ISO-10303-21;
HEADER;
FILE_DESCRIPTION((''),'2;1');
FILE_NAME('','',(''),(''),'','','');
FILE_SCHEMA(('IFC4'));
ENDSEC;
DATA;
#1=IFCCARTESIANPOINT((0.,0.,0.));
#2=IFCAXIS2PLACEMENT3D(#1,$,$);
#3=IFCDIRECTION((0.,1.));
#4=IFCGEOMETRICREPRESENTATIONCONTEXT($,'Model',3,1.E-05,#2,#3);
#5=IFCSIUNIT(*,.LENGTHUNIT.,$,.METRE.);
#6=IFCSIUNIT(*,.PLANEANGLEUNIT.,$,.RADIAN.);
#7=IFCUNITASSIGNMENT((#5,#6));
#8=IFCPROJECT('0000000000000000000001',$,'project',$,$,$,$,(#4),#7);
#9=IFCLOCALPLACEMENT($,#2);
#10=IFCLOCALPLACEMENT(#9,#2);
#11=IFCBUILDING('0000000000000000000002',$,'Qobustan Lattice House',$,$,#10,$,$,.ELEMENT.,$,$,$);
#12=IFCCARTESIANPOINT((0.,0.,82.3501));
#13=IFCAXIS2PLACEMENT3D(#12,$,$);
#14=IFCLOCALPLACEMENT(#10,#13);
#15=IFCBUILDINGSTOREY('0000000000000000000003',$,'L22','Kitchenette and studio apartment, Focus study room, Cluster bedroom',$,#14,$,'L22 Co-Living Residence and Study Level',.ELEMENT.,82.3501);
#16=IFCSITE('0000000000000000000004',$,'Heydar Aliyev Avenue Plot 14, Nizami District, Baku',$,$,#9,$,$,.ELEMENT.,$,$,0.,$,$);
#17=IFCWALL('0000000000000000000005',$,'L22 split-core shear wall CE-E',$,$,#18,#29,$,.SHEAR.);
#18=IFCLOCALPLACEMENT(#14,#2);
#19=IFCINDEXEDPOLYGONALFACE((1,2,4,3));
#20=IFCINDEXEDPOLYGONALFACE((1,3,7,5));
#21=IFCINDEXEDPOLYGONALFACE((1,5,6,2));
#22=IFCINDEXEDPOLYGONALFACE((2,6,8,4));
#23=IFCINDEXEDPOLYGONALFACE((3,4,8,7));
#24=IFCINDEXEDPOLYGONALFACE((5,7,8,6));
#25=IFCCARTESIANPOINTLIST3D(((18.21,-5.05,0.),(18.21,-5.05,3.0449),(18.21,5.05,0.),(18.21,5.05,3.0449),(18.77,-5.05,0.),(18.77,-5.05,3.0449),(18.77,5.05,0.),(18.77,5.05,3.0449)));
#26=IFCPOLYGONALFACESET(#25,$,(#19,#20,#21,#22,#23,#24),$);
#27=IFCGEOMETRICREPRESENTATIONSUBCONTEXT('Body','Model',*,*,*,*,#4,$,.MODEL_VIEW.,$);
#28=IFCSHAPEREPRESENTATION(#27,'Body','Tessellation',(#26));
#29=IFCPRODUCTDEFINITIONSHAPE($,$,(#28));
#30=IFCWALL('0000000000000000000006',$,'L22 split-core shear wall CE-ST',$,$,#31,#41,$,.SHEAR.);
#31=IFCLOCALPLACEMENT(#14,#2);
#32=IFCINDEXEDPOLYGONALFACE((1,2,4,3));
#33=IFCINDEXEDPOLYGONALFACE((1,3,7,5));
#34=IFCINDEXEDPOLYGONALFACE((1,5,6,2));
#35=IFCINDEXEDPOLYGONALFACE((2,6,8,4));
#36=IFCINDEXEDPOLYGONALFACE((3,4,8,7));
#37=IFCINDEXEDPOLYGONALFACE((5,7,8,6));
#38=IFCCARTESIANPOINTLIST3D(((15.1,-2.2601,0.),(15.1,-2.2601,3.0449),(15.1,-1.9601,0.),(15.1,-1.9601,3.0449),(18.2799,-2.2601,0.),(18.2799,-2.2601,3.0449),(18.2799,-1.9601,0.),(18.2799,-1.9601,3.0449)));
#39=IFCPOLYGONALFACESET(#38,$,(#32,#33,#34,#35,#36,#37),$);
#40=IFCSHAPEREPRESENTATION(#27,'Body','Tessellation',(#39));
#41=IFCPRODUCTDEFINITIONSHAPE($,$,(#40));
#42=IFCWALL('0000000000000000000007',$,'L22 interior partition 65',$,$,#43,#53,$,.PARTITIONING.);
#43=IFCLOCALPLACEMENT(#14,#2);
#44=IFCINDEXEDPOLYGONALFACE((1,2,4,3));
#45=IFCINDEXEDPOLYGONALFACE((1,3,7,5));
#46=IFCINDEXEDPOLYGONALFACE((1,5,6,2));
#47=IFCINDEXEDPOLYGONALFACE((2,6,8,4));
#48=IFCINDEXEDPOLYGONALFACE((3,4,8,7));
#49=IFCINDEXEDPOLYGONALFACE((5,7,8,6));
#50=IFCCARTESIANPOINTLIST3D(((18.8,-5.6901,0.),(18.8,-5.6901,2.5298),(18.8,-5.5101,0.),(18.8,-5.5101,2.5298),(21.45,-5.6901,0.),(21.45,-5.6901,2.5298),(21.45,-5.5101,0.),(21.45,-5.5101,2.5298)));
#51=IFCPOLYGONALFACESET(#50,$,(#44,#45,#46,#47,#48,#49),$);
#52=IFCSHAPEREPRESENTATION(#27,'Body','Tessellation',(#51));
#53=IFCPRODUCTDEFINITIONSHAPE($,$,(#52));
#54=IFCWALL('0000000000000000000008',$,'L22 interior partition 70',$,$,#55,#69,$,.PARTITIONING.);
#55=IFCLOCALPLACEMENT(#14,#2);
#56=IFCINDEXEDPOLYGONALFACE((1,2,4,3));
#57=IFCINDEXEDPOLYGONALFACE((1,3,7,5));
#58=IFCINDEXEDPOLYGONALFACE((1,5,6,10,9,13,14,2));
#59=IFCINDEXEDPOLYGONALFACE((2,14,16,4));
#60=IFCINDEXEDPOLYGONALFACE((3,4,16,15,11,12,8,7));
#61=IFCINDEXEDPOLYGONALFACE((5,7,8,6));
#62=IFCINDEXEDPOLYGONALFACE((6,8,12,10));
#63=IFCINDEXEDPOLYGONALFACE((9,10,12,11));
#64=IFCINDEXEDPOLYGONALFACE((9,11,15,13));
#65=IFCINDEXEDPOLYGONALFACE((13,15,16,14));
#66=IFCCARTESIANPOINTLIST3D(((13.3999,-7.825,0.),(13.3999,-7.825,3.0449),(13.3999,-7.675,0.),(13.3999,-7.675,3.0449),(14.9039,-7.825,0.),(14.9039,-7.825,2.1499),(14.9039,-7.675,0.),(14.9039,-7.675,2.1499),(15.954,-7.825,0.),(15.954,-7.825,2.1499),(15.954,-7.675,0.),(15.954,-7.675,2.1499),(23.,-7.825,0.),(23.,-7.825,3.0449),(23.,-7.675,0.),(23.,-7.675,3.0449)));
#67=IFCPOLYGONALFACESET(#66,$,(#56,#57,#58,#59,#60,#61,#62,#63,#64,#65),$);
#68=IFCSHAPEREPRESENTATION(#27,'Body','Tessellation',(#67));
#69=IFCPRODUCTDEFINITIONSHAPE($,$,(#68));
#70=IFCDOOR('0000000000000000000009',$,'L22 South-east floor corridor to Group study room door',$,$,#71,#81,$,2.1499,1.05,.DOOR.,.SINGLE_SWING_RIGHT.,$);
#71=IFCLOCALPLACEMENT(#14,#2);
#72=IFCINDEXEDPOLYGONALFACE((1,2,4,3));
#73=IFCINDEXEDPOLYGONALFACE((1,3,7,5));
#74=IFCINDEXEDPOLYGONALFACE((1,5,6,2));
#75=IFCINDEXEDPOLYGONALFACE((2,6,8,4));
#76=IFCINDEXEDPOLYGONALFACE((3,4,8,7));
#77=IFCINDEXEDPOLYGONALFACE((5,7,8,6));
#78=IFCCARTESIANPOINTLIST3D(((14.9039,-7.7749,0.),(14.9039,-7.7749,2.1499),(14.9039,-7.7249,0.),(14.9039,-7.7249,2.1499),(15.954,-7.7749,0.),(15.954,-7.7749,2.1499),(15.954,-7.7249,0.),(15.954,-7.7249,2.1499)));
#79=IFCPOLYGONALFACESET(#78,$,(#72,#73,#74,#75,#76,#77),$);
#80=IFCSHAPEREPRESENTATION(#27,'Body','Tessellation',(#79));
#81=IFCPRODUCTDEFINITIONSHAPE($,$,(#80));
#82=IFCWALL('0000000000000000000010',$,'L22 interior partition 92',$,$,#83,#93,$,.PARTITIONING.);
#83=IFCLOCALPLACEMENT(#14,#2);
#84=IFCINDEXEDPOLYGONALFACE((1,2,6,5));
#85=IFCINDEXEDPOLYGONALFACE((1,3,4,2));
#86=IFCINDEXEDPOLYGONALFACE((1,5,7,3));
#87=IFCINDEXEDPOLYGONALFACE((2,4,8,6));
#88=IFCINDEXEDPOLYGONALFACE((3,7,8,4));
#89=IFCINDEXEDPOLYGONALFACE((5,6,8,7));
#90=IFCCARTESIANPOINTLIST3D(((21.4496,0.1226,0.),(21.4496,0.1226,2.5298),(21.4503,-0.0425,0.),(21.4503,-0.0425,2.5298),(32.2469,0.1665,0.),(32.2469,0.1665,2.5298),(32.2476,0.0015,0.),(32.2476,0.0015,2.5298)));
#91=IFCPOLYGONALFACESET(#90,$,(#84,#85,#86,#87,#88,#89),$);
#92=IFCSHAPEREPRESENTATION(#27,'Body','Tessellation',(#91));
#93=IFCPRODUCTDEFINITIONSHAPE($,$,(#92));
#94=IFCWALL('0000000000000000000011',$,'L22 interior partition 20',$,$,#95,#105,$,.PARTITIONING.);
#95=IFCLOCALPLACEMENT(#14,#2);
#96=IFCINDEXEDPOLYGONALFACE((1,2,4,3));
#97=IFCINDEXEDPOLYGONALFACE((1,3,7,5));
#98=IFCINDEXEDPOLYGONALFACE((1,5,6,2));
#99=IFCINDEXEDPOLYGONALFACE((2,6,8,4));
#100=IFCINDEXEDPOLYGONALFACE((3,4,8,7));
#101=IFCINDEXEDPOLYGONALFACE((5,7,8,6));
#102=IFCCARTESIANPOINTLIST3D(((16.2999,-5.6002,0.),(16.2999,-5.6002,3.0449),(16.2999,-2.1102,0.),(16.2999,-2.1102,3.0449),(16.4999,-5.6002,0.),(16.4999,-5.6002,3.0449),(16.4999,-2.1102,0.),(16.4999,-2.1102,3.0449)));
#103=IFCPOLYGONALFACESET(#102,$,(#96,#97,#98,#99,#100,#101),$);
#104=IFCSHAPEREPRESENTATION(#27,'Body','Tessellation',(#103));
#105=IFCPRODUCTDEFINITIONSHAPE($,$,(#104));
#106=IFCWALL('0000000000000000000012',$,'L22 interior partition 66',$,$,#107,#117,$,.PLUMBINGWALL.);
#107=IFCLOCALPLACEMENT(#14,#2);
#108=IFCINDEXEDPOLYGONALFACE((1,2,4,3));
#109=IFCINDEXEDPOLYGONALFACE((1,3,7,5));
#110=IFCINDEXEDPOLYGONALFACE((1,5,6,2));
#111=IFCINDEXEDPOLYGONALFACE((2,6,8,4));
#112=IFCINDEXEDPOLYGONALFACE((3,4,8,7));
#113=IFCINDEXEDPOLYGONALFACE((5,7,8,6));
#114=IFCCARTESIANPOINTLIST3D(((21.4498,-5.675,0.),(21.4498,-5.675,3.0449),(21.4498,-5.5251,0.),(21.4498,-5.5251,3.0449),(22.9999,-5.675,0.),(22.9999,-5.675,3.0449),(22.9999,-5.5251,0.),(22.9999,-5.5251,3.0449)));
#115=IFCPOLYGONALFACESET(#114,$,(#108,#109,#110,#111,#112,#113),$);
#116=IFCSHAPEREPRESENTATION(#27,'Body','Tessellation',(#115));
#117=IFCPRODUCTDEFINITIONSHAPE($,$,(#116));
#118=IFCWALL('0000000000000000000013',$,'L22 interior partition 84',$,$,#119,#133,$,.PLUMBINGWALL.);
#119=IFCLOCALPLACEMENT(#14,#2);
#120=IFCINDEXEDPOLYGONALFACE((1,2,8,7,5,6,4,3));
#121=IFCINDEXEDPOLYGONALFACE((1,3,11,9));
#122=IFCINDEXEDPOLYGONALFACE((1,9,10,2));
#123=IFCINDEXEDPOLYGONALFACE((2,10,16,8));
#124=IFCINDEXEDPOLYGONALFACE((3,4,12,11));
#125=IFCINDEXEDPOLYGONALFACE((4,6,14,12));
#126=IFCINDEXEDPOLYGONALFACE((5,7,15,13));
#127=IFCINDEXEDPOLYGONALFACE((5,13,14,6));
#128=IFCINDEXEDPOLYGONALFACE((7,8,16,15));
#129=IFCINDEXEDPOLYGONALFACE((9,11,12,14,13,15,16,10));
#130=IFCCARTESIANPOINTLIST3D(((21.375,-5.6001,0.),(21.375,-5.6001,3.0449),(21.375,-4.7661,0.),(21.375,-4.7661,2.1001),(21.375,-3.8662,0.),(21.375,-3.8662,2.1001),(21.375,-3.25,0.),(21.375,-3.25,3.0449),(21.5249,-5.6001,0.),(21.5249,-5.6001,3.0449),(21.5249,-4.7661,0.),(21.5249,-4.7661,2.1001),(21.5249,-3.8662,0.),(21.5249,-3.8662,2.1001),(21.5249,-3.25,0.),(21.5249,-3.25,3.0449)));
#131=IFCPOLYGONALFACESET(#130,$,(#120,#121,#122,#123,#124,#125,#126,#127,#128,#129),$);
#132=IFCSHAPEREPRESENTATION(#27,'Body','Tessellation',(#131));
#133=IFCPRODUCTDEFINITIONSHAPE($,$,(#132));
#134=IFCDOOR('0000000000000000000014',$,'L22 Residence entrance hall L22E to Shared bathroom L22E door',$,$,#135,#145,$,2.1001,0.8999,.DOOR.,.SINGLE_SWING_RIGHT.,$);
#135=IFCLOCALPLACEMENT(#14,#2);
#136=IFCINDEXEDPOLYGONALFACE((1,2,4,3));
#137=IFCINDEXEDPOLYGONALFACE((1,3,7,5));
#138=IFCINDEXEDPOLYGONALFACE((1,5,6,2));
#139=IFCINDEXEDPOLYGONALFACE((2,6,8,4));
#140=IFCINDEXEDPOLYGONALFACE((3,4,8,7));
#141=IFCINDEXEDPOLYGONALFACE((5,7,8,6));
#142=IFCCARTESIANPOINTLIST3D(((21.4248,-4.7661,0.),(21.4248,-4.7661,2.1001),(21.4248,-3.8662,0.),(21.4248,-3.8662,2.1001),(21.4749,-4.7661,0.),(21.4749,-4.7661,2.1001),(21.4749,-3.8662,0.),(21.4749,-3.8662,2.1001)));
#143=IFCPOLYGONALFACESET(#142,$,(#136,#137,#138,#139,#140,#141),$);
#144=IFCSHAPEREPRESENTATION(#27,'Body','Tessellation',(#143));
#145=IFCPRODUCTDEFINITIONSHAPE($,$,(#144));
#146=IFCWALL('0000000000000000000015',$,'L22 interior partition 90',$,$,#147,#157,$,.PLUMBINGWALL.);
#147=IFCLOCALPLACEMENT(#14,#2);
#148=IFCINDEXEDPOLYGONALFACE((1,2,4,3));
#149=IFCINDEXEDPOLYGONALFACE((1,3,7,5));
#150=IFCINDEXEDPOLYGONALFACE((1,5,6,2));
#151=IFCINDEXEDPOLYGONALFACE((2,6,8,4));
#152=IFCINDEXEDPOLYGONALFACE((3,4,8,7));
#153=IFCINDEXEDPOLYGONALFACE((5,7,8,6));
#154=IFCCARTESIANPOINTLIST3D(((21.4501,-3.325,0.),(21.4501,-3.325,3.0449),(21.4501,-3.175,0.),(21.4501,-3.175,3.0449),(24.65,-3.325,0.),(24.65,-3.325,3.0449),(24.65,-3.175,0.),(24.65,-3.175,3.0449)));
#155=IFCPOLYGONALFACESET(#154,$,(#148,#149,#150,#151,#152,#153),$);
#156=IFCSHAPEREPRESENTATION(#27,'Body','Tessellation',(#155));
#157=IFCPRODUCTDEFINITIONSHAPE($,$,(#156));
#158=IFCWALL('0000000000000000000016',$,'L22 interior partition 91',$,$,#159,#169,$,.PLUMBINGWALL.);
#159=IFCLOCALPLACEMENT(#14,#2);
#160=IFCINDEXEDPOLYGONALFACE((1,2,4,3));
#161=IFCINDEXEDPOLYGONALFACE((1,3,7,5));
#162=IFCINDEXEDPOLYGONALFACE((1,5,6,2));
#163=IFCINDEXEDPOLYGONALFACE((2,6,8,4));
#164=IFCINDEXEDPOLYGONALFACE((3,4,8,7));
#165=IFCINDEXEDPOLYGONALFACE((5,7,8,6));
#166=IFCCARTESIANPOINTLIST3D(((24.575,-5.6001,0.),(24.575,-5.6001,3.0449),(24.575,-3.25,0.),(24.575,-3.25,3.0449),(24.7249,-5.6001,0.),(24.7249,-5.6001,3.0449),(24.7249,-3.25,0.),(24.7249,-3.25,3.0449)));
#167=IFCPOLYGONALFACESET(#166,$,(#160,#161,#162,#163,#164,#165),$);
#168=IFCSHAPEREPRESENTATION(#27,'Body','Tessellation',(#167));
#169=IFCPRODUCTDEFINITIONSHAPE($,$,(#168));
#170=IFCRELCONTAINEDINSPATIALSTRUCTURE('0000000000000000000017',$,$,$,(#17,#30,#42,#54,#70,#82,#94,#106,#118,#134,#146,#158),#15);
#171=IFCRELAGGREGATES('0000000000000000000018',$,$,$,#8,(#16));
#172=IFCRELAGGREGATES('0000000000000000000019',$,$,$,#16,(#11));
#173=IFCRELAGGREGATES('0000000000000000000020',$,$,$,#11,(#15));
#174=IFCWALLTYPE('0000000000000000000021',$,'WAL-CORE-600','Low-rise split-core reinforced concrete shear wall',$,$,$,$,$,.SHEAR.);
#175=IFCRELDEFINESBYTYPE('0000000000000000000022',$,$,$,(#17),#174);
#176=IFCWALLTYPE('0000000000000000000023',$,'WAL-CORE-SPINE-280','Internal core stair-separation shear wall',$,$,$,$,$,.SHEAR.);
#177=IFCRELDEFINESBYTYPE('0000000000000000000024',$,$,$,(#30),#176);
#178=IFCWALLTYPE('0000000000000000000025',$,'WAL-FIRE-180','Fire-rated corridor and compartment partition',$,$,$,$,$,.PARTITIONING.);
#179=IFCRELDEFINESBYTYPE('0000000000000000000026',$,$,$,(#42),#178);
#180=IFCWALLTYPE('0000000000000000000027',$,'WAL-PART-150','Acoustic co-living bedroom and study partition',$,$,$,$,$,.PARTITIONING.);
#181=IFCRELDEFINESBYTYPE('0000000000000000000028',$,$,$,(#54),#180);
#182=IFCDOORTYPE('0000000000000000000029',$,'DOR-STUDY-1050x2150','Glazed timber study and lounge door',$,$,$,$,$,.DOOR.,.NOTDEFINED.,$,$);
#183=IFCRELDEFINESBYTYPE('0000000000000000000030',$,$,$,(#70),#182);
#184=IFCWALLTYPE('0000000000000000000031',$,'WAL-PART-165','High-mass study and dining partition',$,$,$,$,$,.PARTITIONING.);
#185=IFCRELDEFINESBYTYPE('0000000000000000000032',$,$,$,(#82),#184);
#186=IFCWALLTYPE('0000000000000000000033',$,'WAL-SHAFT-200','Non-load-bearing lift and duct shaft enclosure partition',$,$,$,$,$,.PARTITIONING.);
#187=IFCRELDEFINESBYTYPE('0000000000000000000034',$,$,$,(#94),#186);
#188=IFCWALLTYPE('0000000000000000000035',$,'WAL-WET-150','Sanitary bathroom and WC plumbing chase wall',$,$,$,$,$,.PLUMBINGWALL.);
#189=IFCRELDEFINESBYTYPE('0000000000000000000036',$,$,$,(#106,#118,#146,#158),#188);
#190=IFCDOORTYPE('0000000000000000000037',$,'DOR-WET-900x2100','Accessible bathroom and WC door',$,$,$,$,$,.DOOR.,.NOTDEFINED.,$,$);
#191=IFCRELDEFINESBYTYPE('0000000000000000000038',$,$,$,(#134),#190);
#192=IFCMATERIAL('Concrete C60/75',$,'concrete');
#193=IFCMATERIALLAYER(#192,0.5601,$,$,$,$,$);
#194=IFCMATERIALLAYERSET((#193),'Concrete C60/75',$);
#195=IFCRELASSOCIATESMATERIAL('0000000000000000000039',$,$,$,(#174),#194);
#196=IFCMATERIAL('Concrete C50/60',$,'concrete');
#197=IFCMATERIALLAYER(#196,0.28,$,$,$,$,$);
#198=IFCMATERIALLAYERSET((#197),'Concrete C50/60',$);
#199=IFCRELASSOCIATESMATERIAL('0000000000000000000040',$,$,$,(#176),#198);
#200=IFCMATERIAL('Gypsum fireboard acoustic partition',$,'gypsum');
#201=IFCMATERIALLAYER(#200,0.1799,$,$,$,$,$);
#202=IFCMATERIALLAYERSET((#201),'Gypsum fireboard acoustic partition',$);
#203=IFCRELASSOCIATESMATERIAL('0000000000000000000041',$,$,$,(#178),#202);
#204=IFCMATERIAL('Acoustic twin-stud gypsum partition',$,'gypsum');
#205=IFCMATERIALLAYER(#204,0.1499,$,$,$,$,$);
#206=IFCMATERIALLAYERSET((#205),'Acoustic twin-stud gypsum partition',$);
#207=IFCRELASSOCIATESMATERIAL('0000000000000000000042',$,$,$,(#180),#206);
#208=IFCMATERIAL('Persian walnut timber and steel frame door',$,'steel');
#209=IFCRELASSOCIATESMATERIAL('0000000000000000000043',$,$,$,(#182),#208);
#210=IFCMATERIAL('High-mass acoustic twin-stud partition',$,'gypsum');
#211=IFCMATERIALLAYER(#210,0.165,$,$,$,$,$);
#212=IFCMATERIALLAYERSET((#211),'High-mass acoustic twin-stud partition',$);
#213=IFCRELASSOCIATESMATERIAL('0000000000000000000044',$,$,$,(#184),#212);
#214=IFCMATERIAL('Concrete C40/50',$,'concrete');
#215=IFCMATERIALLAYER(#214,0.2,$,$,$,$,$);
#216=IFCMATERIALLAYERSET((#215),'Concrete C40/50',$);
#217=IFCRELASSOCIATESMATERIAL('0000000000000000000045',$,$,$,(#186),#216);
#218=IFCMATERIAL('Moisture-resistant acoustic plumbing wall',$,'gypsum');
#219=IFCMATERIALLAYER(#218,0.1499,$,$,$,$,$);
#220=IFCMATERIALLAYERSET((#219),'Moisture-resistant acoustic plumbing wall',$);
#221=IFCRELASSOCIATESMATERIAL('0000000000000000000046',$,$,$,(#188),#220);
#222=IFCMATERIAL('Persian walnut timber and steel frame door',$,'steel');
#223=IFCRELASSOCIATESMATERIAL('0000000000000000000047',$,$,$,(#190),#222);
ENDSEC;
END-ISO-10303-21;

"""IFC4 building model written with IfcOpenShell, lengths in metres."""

from ifc_helpers import new_model, si_unit, direction, frame, frame_2d, origin, place, context, subcontext, project, spatial, rectangle, extrude, material, layer, layer_set, type_object, element, fill, save


model = new_model("IFC4")

# Units and contexts
model_context = context("Model", 3, precision=1e-05, world=origin(), true_north=direction((0.0, 1.0)))
body_context = subcontext(model_context, "Body", "Model", "MODEL_VIEW")
ifc_project = project(units=[si_unit("LENGTHUNIT", "METRE"), si_unit("PLANEANGLEUNIT", "RADIAN")], contexts=[model_context])

# Site, building, storey
site_placement = place(None, origin())
site = spatial("IfcSite", under=ifc_project, at=site_placement, Name="Heydar Aliyev Avenue Plot 14, Nizami District, Baku", CompositionType="ELEMENT", RefElevation=0.0)
building_placement = place(site_placement, origin())
building = spatial("IfcBuilding", under=site, at=building_placement, Name="Qobustan Lattice House", CompositionType="ELEMENT")
storey_placement = place(building_placement, frame((0.0, 0.0, 82.3501)))
storey = spatial("IfcBuildingStorey", under=building, at=storey_placement, Name="L22", Description="Kitchenette and studio apartment, Focus study room, Cluster bedroom", LongName="L22 Co-Living Residence and Study Level", CompositionType="ELEMENT", Elevation=82.3501)

# Walls
ifc_material_1 = material(Name="Concrete C60/75", Category="concrete")
ifc_layer_1 = layer(ifc_material_1, 0.5601)
ifc_layer_set_1 = layer_set([ifc_layer_1], Name="Concrete C60/75")
wall_type_1 = type_object("IfcWallType", Name="WAL-CORE-600", Description="Low-rise split-core reinforced concrete shear wall", PredefinedType="SHEAR", material=ifc_layer_set_1)
wall_1_placement = place(storey_placement, frame((18.49, -5.05, 0.0), z_axis=(0.0, 0.0, 1.0), x_axis=(0.0, 1.0, 0.0)))
element("IfcWall", 1, at=wall_1_placement, inside=storey, type_object=wall_type_1, Name="L22 split-core shear wall CE-E", PredefinedType="SHEAR", context=body_context, shape_type="SweptSolid", body=[
    extrude(rectangle(XDim=10.1001, YDim=0.5601, at=frame_2d((5.05, 0.0))), origin(), (0.0, 0.0, 1.0), 3.0449),
])
ifc_material_2 = material(Name="Concrete C50/60", Category="concrete")
ifc_layer_2 = layer(ifc_material_2, 0.28)
ifc_layer_set_2 = layer_set([ifc_layer_2], Name="Concrete C50/60")
wall_type_2 = type_object("IfcWallType", Name="WAL-CORE-SPINE-280", Description="Internal core stair-separation shear wall", PredefinedType="SHEAR", material=ifc_layer_set_2)
wall_2_placement = place(storey_placement, frame((15.1001, -2.1101, 0.0), z_axis=(0.0, 0.0, 1.0), x_axis=(1.0, 0.0, 0.0)))
element("IfcWall", 2, at=wall_2_placement, inside=storey, type_object=wall_type_2, Name="L22 split-core shear wall CE-ST", PredefinedType="SHEAR", context=body_context, shape_type="SweptSolid", body=[
    extrude(rectangle(XDim=3.1799, YDim=0.3, at=frame_2d((1.5898, 0.0))), origin(), (0.0, 0.0, 1.0), 3.0449),
])
ifc_material_3 = material(Name="Gypsum fireboard acoustic partition", Category="gypsum")
ifc_layer_3 = layer(ifc_material_3, 0.1799)
ifc_layer_set_3 = layer_set([ifc_layer_3], Name="Gypsum fireboard acoustic partition")
wall_type_3 = type_object("IfcWallType", Name="WAL-FIRE-180", Description="Fire-rated corridor and compartment partition", PredefinedType="PARTITIONING", material=ifc_layer_set_3)
wall_3_placement = place(storey_placement, frame((18.8, -5.6001, 0.0), z_axis=(0.0, 0.0, 1.0), x_axis=(1.0, 0.0, 0.0)))
element("IfcWall", 3, at=wall_3_placement, inside=storey, type_object=wall_type_3, Name="L22 interior partition 65", PredefinedType="PARTITIONING", context=body_context, shape_type="SweptSolid", body=[
    extrude(rectangle(XDim=2.6499, YDim=0.1799, at=frame_2d((1.325, 0.0))), origin(), (0.0, 0.0, 1.0), 2.5298),
])

# Wall, opening, door
ifc_material_4 = material(Name="Acoustic twin-stud gypsum partition", Category="gypsum")
ifc_layer_4 = layer(ifc_material_4, 0.1499)
ifc_layer_set_4 = layer_set([ifc_layer_4], Name="Acoustic twin-stud gypsum partition")
wall_type_4 = type_object("IfcWallType", Name="WAL-PART-150", Description="Acoustic co-living bedroom and study partition", PredefinedType="PARTITIONING", material=ifc_layer_set_4)
wall_4_placement = place(storey_placement, frame((23.0, -7.75, 0.0), z_axis=(0.0, 0.0, 1.0), x_axis=(-1.0, 0.0, 0.0)))
wall_4 = element("IfcWall", 4, at=wall_4_placement, inside=storey, type_object=wall_type_4, Name="L22 interior partition 70", PredefinedType="PARTITIONING", context=body_context, shape_type="SweptSolid", body=[
    extrude(rectangle(XDim=9.6001, YDim=0.1499, at=frame_2d((4.8, 0.0))), origin(), (0.0, 0.0, 1.0), 3.0449),
])
opening_1_placement = place(wall_4_placement, frame((7.0461, 0.0, 0.0)))
opening_1 = element("IfcOpeningElement", 5, at=opening_1_placement, cuts=wall_4, PredefinedType="OPENING", context=body_context, shape_type="SweptSolid", body=[
    extrude(rectangle(XDim=1.05, YDim=2.1499, at=frame_2d((0.5249, 1.075))), frame((0.0, 0.085, 0.0), z_axis=(0.0, -1.0, 0.0), x_axis=(1.0, 0.0, 0.0)), (0.0, 0.0, 1.0), 0.1699),
])
ifc_material_5 = material(Name="Persian walnut timber and steel frame door", Category="steel")
door_type_1 = type_object("IfcDoorType", Name="DOR-STUDY-1050x2150", Description="Glazed timber study and lounge door", OperationType="NOTDEFINED", PredefinedType="DOOR", material=ifc_material_5)
door_1_placement = place(opening_1_placement, origin())
door_1 = element("IfcDoor", 6, at=door_1_placement, inside=storey, type_object=door_type_1, Name="L22 South-east floor corridor to Group study room door", OperationType="SINGLE_SWING_RIGHT", OverallHeight=2.1499, OverallWidth=1.05, PredefinedType="DOOR", context=body_context, shape_type="SweptSolid", body=[
    extrude(rectangle(XDim=1.05, YDim=2.1499, at=frame_2d((0.5249, 1.075))), frame((0.0, 0.0249, 0.0), z_axis=(0.0, -1.0, 0.0), x_axis=(1.0, 0.0, 0.0)), (0.0, 0.0, 1.0), 0.05),
])
fill(opening_1, door_1)
ifc_material_6 = material(Name="High-mass acoustic twin-stud partition", Category="gypsum")
ifc_layer_5 = layer(ifc_material_6, 0.165)
ifc_layer_set_5 = layer_set([ifc_layer_5], Name="High-mass acoustic twin-stud partition")
wall_type_5 = type_object("IfcWallType", Name="WAL-PART-165", Description="High-mass study and dining partition", PredefinedType="PARTITIONING", material=ifc_layer_set_5)

# Walls
wall_5_placement = place(storey_placement, frame((21.45, 0.04, 0.0), z_axis=(0.0, 0.0, 1.0), x_axis=(0.999992, 0.00407, 0.0)))
element("IfcWall", 7, at=wall_5_placement, inside=storey, type_object=wall_type_5, Name="L22 interior partition 92", PredefinedType="PARTITIONING", context=body_context, shape_type="SweptSolid", body=[
    extrude(rectangle(XDim=10.7974, YDim=0.165, at=frame_2d((5.3987, 0.0))), origin(), (0.0, 0.0, 1.0), 2.5298),
])
ifc_material_7 = material(Name="Concrete C40/50", Category="concrete")
ifc_layer_6 = layer(ifc_material_7, 0.2)
ifc_layer_set_6 = layer_set([ifc_layer_6], Name="Concrete C40/50")
wall_type_6 = type_object("IfcWallType", Name="WAL-SHAFT-200", Description="Non-load-bearing lift and duct shaft enclosure partition", PredefinedType="PARTITIONING", material=ifc_layer_set_6)
wall_6_placement = place(storey_placement, frame((16.3999, -2.1101, 0.0), z_axis=(0.0, 0.0, 1.0), x_axis=(0.0, -1.0, 0.0)))
element("IfcWall", 8, at=wall_6_placement, inside=storey, type_object=wall_type_6, Name="L22 interior partition 20", PredefinedType="PARTITIONING", context=body_context, shape_type="SweptSolid", body=[
    extrude(rectangle(XDim=3.49, YDim=0.2, at=frame_2d((1.7451, 0.0))), origin(), (0.0, 0.0, 1.0), 3.0449),
])
ifc_material_8 = material(Name="Moisture-resistant acoustic plumbing wall", Category="gypsum")
ifc_layer_7 = layer(ifc_material_8, 0.1499)
ifc_layer_set_7 = layer_set([ifc_layer_7], Name="Moisture-resistant acoustic plumbing wall")
wall_type_7 = type_object("IfcWallType", Name="WAL-WET-150", Description="Sanitary bathroom and WC plumbing chase wall", PredefinedType="PLUMBINGWALL", material=ifc_layer_set_7)
wall_7_placement = place(storey_placement, frame((21.45, -5.6001, 0.0), z_axis=(0.0, 0.0, 1.0), x_axis=(1.0, 0.0, 0.0)))
element("IfcWall", 9, at=wall_7_placement, inside=storey, type_object=wall_type_7, Name="L22 interior partition 66", PredefinedType="PLUMBINGWALL", context=body_context, shape_type="SweptSolid", body=[
    extrude(rectangle(XDim=1.55, YDim=0.1499, at=frame_2d((0.7749, 0.0))), origin(), (0.0, 0.0, 1.0), 3.0449),
])

# Wall, opening, door
wall_8_placement = place(storey_placement, frame((21.45, -3.25, 0.0), z_axis=(0.0, 0.0, 1.0), x_axis=(0.0, -1.0, 0.0)))
wall_8 = element("IfcWall", 10, at=wall_8_placement, inside=storey, type_object=wall_type_7, Name="L22 interior partition 84", PredefinedType="PLUMBINGWALL", context=body_context, shape_type="SweptSolid", body=[
    extrude(rectangle(XDim=2.3501, YDim=0.1499, at=frame_2d((1.175, 0.0))), origin(), (0.0, 0.0, 1.0), 3.0449),
])
opening_2_placement = place(wall_8_placement, frame((0.6162, 0.0, 0.0)))
opening_2 = element("IfcOpeningElement", 11, at=opening_2_placement, cuts=wall_8, PredefinedType="OPENING", context=body_context, shape_type="SweptSolid", body=[
    extrude(rectangle(XDim=0.8999, YDim=2.1001, at=frame_2d((0.45, 1.05))), frame((0.0, 0.085, 0.0), z_axis=(0.0, -1.0, 0.0), x_axis=(1.0, 0.0, 0.0)), (0.0, 0.0, 1.0), 0.1699),
])
ifc_material_9 = material(Name="Persian walnut timber and steel frame door", Category="steel")
door_type_2 = type_object("IfcDoorType", Name="DOR-WET-900x2100", Description="Accessible bathroom and WC door", OperationType="NOTDEFINED", PredefinedType="DOOR", material=ifc_material_9)
door_2_placement = place(opening_2_placement, origin())
door_2 = element("IfcDoor", 12, at=door_2_placement, inside=storey, type_object=door_type_2, Name="L22 Residence entrance hall L22E to Shared bathroom L22E door", OperationType="SINGLE_SWING_RIGHT", OverallHeight=2.1001, OverallWidth=0.8999, PredefinedType="DOOR", context=body_context, shape_type="SweptSolid", body=[
    extrude(rectangle(XDim=0.8999, YDim=2.1001, at=frame_2d((0.45, 1.05))), frame((0.0, 0.0249, 0.0), z_axis=(0.0, -1.0, 0.0), x_axis=(1.0, 0.0, 0.0)), (0.0, 0.0, 1.0), 0.05),
])
fill(opening_2, door_2)

# Walls
wall_9_placement = place(storey_placement, frame((21.45, -3.25, 0.0), z_axis=(0.0, 0.0, 1.0), x_axis=(1.0, 0.0, 0.0)))
element("IfcWall", 13, at=wall_9_placement, inside=storey, type_object=wall_type_7, Name="L22 interior partition 90", PredefinedType="PLUMBINGWALL", context=body_context, shape_type="SweptSolid", body=[
    extrude(rectangle(XDim=3.2, YDim=0.1499, at=frame_2d((1.6001, 0.0))), origin(), (0.0, 0.0, 1.0), 3.0449),
])
wall_10_placement = place(storey_placement, frame((24.6499, -3.25, 0.0), z_axis=(0.0, 0.0, 1.0), x_axis=(0.0, -1.0, 0.0)))
element("IfcWall", 14, at=wall_10_placement, inside=storey, type_object=wall_type_7, Name="L22 interior partition 91", PredefinedType="PLUMBINGWALL", context=body_context, shape_type="SweptSolid", body=[
    extrude(rectangle(XDim=2.3501, YDim=0.1499, at=frame_2d((1.175, 0.0))), origin(), (0.0, 0.0, 1.0), 3.0449),
])

save(model, "model.ifc")
